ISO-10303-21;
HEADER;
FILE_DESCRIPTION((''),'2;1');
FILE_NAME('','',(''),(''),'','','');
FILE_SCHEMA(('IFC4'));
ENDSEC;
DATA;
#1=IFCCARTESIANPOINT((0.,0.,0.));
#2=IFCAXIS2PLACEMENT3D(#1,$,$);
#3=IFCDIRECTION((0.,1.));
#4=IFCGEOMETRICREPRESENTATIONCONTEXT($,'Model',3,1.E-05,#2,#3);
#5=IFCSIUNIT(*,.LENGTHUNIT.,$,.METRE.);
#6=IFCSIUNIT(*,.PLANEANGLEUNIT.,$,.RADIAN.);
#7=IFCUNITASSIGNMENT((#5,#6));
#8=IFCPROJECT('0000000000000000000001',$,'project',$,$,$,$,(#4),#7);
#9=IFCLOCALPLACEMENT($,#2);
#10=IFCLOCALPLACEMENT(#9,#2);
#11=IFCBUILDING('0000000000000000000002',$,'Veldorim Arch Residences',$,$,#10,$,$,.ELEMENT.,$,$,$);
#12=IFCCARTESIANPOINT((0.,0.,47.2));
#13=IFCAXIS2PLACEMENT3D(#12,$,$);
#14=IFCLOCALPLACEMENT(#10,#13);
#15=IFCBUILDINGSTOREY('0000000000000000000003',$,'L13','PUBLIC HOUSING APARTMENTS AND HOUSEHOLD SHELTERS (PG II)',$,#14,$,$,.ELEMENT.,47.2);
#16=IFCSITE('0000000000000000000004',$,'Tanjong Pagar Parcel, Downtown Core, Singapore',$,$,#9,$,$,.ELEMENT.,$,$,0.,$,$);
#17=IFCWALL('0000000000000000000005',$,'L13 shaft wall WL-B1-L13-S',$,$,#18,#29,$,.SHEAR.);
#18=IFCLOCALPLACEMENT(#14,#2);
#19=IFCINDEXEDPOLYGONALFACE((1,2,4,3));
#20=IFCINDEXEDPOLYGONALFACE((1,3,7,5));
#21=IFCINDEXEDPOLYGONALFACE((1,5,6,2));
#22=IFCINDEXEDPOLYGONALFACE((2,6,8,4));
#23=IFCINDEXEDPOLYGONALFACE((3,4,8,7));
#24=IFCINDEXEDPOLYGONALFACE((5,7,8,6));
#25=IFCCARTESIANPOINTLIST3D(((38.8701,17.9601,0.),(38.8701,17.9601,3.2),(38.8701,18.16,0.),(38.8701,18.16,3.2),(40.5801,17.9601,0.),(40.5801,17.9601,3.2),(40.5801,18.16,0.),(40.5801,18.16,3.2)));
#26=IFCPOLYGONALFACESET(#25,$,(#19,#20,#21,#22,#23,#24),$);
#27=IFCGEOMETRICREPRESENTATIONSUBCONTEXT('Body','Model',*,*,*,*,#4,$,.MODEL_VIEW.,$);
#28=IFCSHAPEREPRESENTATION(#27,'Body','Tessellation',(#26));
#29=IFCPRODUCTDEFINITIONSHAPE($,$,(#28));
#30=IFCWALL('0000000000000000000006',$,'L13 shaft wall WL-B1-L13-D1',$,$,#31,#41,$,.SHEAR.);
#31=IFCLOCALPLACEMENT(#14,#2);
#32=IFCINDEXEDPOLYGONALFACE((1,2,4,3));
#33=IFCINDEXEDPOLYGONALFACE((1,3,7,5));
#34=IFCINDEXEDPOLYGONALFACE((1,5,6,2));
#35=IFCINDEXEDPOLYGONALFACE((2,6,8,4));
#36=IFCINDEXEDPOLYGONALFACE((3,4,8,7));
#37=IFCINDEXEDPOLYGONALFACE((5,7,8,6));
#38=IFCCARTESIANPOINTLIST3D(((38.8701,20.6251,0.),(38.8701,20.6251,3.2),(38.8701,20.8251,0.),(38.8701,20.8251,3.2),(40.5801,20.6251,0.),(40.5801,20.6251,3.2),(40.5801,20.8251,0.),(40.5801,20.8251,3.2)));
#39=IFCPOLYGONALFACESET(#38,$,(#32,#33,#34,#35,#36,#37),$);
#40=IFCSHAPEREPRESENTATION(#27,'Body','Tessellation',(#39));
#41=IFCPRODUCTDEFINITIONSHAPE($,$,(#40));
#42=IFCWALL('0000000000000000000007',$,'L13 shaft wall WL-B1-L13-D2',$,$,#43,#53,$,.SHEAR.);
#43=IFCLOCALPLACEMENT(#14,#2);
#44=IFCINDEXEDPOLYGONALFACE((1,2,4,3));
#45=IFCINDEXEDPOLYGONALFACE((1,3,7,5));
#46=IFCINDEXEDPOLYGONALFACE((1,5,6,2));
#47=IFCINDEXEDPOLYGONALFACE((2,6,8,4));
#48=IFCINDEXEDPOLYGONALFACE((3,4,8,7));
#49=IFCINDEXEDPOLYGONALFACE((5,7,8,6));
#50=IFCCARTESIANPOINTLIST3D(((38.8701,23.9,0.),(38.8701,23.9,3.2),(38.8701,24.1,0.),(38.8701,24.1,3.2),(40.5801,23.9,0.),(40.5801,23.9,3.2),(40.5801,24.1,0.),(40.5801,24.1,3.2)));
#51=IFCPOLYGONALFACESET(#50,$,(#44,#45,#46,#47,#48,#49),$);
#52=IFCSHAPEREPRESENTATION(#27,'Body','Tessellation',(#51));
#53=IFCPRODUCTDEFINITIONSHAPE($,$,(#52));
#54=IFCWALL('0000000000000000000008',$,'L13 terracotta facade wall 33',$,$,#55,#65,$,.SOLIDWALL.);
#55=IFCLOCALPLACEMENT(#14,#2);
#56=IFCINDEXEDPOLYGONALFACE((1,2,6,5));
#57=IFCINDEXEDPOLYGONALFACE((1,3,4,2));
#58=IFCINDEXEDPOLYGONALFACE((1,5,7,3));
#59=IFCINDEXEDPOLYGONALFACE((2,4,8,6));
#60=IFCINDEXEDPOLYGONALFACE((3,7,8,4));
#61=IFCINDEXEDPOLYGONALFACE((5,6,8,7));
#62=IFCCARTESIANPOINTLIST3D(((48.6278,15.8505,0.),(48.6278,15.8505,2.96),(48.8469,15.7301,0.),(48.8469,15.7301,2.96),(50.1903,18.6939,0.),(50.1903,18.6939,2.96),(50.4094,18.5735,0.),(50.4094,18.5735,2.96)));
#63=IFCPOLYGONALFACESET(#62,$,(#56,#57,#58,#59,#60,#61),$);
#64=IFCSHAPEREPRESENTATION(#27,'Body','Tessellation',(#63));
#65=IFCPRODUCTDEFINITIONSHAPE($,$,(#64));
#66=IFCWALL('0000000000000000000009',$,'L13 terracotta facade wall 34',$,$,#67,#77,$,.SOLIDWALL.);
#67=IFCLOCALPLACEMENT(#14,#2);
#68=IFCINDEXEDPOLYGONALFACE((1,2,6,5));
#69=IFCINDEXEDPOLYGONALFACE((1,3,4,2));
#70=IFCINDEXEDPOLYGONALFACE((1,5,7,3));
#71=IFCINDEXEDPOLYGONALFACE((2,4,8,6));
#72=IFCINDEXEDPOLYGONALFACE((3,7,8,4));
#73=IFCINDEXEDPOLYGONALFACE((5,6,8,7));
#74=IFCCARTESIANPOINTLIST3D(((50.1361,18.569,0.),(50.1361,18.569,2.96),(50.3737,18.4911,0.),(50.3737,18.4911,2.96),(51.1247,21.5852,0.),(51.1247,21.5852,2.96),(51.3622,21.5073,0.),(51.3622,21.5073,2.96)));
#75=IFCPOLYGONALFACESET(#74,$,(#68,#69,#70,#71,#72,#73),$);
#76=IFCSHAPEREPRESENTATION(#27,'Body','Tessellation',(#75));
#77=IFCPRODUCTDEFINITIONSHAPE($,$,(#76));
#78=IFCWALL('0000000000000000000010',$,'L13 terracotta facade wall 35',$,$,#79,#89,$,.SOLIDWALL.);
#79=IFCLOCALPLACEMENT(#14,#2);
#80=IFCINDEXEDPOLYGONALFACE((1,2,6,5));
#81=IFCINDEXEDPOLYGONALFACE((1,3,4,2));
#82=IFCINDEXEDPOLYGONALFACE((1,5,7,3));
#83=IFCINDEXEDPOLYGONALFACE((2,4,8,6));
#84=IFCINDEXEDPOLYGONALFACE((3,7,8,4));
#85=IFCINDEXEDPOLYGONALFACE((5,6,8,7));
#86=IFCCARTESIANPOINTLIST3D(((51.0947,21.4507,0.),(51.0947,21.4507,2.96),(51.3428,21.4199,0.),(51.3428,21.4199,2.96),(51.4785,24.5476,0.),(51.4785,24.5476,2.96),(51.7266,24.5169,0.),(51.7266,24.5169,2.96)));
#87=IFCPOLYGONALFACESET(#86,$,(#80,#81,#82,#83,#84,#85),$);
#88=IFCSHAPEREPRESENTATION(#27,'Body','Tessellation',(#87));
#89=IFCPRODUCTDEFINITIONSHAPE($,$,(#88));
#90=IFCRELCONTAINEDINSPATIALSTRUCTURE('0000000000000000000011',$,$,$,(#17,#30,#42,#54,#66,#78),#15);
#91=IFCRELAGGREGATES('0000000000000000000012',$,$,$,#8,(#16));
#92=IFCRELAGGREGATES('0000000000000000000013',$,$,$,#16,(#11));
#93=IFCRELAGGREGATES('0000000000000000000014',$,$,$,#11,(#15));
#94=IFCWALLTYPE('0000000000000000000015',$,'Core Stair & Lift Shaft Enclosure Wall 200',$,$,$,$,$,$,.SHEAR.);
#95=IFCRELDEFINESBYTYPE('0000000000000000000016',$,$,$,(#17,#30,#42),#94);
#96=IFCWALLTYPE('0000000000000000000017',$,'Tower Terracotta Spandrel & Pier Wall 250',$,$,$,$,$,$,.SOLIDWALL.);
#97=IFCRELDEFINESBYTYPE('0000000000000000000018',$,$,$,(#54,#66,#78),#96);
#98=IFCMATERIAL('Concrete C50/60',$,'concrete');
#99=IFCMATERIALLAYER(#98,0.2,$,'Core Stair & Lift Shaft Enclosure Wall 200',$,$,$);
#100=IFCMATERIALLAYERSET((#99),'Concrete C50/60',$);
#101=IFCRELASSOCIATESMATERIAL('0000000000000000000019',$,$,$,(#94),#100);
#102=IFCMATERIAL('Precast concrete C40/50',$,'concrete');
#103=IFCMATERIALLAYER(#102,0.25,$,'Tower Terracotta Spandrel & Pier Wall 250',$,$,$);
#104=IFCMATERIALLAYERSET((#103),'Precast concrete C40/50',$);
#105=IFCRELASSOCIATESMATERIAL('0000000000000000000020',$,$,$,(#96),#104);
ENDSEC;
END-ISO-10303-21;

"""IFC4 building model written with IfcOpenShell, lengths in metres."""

from ifc_helpers import new_model, si_unit, direction, frame, frame_2d, origin, place, context, subcontext, project, spatial, rectangle, extrude, material, layer, layer_set, type_object, element, save


model = new_model("IFC4")

# Units and contexts
model_context = context("Model", 3, precision=1e-05, world=origin(), true_north=direction((0.0, 1.0)))
body_context = subcontext(model_context, "Body", "Model", "MODEL_VIEW")
ifc_project = project(units=[si_unit("LENGTHUNIT", "METRE"), si_unit("PLANEANGLEUNIT", "RADIAN")], contexts=[model_context])

# Site, building, storey
site_placement = place(None, origin())
site = spatial("IfcSite", under=ifc_project, at=site_placement, Name="Tanjong Pagar Parcel, Downtown Core, Singapore", CompositionType="ELEMENT", RefElevation=0.0)
building_placement = place(site_placement, origin())
building = spatial("IfcBuilding", under=site, at=building_placement, Name="Veldorim Arch Residences", CompositionType="ELEMENT")
storey_placement = place(building_placement, frame((0.0, 0.0, 47.2)))
storey = spatial("IfcBuildingStorey", under=building, at=storey_placement, Name="L13", Description="PUBLIC HOUSING APARTMENTS AND HOUSEHOLD SHELTERS (PG II)", CompositionType="ELEMENT", Elevation=47.2)

# Walls
ifc_material_1 = material(Name="Concrete C50/60", Category="concrete")
ifc_layer_1 = layer(ifc_material_1, 0.2, Name="Core Stair & Lift Shaft Enclosure Wall 200")
ifc_layer_set_1 = layer_set([ifc_layer_1], Name="Concrete C50/60")
wall_type_1 = type_object("IfcWallType", Name="Core Stair & Lift Shaft Enclosure Wall 200", PredefinedType="SHEAR", material=ifc_layer_set_1)
for number, where, z_axis, x_axis, name in (
    (1, (38.8701, 18.0601, 0.0), (0.0, 0.0, 1.0), (1.0, 0.0, 0.0), "L13 shaft wall WL-B1-L13-S"),
    (2, (38.8701, 20.7251, 0.0), (0.0, 0.0, 1.0), (1.0, 0.0, 0.0), "L13 shaft wall WL-B1-L13-D1"),
    (3, (38.8701, 24.0, 0.0), (0.0, 0.0, 1.0), (1.0, 0.0, 0.0), "L13 shaft wall WL-B1-L13-D2"),
):
    element("IfcWall", number, at=place(storey_placement, frame(where, z_axis=z_axis, x_axis=x_axis)), inside=storey, type_object=wall_type_1, Name=name, PredefinedType="SHEAR", context=body_context, shape_type="SweptSolid", body=[
        extrude(rectangle(XDim=1.71, YDim=0.2, at=frame_2d((0.855, 0.0))), origin(), (0.0, 0.0, 1.0), 3.2),
    ])
ifc_material_2 = material(Name="Precast concrete C40/50", Category="concrete")
ifc_layer_2 = layer(ifc_material_2, 0.25, Name="Tower Terracotta Spandrel & Pier Wall 250")
ifc_layer_set_2 = layer_set([ifc_layer_2], Name="Precast concrete C40/50")
wall_type_2 = type_object("IfcWallType", Name="Tower Terracotta Spandrel & Pier Wall 250", PredefinedType="SOLIDWALL", material=ifc_layer_set_2)
wall_1_placement = place(storey_placement, frame((50.2998, 18.6335, 0.0), z_axis=(0.0, 0.0, 1.0), x_axis=(-0.481613, -0.876384, 0.0)))
element("IfcWall", 4, at=wall_1_placement, inside=storey, type_object=wall_type_2, Name="L13 terracotta facade wall 33", PredefinedType="SOLIDWALL", context=body_context, shape_type="SweptSolid", body=[
    extrude(rectangle(XDim=3.2444, YDim=0.25, at=frame_2d((1.6221, 0.0))), origin(), (0.0, 0.0, 1.0), 2.96),
])
wall_2_placement = place(storey_placement, frame((51.2434, 21.5461, 0.0), z_axis=(0.0, 0.0, 1.0), x_axis=(-0.311447, -0.950264, 0.0)))
element("IfcWall", 5, at=wall_2_placement, inside=storey, type_object=wall_type_2, Name="L13 terracotta facade wall 34", PredefinedType="SOLIDWALL", context=body_context, shape_type="SweptSolid", body=[
    extrude(rectangle(XDim=3.1741, YDim=0.25, at=frame_2d((1.5869, 0.0))), origin(), (0.0, 0.0, 1.0), 2.96),
])
wall_3_placement = place(storey_placement, frame((51.6025, 24.5322, 0.0), z_axis=(0.0, 0.0, 1.0), x_axis=(-0.122985, -0.992409, 0.0)))
element("IfcWall", 6, at=wall_3_placement, inside=storey, type_object=wall_type_2, Name="L13 terracotta facade wall 35", PredefinedType="SOLIDWALL", context=body_context, shape_type="SweptSolid", body=[
    extrude(rectangle(XDim=3.1206, YDim=0.25, at=frame_2d((1.5603, 0.0))), origin(), (0.0, 0.0, 1.0), 2.96),
])

save(model, "model.ifc")
